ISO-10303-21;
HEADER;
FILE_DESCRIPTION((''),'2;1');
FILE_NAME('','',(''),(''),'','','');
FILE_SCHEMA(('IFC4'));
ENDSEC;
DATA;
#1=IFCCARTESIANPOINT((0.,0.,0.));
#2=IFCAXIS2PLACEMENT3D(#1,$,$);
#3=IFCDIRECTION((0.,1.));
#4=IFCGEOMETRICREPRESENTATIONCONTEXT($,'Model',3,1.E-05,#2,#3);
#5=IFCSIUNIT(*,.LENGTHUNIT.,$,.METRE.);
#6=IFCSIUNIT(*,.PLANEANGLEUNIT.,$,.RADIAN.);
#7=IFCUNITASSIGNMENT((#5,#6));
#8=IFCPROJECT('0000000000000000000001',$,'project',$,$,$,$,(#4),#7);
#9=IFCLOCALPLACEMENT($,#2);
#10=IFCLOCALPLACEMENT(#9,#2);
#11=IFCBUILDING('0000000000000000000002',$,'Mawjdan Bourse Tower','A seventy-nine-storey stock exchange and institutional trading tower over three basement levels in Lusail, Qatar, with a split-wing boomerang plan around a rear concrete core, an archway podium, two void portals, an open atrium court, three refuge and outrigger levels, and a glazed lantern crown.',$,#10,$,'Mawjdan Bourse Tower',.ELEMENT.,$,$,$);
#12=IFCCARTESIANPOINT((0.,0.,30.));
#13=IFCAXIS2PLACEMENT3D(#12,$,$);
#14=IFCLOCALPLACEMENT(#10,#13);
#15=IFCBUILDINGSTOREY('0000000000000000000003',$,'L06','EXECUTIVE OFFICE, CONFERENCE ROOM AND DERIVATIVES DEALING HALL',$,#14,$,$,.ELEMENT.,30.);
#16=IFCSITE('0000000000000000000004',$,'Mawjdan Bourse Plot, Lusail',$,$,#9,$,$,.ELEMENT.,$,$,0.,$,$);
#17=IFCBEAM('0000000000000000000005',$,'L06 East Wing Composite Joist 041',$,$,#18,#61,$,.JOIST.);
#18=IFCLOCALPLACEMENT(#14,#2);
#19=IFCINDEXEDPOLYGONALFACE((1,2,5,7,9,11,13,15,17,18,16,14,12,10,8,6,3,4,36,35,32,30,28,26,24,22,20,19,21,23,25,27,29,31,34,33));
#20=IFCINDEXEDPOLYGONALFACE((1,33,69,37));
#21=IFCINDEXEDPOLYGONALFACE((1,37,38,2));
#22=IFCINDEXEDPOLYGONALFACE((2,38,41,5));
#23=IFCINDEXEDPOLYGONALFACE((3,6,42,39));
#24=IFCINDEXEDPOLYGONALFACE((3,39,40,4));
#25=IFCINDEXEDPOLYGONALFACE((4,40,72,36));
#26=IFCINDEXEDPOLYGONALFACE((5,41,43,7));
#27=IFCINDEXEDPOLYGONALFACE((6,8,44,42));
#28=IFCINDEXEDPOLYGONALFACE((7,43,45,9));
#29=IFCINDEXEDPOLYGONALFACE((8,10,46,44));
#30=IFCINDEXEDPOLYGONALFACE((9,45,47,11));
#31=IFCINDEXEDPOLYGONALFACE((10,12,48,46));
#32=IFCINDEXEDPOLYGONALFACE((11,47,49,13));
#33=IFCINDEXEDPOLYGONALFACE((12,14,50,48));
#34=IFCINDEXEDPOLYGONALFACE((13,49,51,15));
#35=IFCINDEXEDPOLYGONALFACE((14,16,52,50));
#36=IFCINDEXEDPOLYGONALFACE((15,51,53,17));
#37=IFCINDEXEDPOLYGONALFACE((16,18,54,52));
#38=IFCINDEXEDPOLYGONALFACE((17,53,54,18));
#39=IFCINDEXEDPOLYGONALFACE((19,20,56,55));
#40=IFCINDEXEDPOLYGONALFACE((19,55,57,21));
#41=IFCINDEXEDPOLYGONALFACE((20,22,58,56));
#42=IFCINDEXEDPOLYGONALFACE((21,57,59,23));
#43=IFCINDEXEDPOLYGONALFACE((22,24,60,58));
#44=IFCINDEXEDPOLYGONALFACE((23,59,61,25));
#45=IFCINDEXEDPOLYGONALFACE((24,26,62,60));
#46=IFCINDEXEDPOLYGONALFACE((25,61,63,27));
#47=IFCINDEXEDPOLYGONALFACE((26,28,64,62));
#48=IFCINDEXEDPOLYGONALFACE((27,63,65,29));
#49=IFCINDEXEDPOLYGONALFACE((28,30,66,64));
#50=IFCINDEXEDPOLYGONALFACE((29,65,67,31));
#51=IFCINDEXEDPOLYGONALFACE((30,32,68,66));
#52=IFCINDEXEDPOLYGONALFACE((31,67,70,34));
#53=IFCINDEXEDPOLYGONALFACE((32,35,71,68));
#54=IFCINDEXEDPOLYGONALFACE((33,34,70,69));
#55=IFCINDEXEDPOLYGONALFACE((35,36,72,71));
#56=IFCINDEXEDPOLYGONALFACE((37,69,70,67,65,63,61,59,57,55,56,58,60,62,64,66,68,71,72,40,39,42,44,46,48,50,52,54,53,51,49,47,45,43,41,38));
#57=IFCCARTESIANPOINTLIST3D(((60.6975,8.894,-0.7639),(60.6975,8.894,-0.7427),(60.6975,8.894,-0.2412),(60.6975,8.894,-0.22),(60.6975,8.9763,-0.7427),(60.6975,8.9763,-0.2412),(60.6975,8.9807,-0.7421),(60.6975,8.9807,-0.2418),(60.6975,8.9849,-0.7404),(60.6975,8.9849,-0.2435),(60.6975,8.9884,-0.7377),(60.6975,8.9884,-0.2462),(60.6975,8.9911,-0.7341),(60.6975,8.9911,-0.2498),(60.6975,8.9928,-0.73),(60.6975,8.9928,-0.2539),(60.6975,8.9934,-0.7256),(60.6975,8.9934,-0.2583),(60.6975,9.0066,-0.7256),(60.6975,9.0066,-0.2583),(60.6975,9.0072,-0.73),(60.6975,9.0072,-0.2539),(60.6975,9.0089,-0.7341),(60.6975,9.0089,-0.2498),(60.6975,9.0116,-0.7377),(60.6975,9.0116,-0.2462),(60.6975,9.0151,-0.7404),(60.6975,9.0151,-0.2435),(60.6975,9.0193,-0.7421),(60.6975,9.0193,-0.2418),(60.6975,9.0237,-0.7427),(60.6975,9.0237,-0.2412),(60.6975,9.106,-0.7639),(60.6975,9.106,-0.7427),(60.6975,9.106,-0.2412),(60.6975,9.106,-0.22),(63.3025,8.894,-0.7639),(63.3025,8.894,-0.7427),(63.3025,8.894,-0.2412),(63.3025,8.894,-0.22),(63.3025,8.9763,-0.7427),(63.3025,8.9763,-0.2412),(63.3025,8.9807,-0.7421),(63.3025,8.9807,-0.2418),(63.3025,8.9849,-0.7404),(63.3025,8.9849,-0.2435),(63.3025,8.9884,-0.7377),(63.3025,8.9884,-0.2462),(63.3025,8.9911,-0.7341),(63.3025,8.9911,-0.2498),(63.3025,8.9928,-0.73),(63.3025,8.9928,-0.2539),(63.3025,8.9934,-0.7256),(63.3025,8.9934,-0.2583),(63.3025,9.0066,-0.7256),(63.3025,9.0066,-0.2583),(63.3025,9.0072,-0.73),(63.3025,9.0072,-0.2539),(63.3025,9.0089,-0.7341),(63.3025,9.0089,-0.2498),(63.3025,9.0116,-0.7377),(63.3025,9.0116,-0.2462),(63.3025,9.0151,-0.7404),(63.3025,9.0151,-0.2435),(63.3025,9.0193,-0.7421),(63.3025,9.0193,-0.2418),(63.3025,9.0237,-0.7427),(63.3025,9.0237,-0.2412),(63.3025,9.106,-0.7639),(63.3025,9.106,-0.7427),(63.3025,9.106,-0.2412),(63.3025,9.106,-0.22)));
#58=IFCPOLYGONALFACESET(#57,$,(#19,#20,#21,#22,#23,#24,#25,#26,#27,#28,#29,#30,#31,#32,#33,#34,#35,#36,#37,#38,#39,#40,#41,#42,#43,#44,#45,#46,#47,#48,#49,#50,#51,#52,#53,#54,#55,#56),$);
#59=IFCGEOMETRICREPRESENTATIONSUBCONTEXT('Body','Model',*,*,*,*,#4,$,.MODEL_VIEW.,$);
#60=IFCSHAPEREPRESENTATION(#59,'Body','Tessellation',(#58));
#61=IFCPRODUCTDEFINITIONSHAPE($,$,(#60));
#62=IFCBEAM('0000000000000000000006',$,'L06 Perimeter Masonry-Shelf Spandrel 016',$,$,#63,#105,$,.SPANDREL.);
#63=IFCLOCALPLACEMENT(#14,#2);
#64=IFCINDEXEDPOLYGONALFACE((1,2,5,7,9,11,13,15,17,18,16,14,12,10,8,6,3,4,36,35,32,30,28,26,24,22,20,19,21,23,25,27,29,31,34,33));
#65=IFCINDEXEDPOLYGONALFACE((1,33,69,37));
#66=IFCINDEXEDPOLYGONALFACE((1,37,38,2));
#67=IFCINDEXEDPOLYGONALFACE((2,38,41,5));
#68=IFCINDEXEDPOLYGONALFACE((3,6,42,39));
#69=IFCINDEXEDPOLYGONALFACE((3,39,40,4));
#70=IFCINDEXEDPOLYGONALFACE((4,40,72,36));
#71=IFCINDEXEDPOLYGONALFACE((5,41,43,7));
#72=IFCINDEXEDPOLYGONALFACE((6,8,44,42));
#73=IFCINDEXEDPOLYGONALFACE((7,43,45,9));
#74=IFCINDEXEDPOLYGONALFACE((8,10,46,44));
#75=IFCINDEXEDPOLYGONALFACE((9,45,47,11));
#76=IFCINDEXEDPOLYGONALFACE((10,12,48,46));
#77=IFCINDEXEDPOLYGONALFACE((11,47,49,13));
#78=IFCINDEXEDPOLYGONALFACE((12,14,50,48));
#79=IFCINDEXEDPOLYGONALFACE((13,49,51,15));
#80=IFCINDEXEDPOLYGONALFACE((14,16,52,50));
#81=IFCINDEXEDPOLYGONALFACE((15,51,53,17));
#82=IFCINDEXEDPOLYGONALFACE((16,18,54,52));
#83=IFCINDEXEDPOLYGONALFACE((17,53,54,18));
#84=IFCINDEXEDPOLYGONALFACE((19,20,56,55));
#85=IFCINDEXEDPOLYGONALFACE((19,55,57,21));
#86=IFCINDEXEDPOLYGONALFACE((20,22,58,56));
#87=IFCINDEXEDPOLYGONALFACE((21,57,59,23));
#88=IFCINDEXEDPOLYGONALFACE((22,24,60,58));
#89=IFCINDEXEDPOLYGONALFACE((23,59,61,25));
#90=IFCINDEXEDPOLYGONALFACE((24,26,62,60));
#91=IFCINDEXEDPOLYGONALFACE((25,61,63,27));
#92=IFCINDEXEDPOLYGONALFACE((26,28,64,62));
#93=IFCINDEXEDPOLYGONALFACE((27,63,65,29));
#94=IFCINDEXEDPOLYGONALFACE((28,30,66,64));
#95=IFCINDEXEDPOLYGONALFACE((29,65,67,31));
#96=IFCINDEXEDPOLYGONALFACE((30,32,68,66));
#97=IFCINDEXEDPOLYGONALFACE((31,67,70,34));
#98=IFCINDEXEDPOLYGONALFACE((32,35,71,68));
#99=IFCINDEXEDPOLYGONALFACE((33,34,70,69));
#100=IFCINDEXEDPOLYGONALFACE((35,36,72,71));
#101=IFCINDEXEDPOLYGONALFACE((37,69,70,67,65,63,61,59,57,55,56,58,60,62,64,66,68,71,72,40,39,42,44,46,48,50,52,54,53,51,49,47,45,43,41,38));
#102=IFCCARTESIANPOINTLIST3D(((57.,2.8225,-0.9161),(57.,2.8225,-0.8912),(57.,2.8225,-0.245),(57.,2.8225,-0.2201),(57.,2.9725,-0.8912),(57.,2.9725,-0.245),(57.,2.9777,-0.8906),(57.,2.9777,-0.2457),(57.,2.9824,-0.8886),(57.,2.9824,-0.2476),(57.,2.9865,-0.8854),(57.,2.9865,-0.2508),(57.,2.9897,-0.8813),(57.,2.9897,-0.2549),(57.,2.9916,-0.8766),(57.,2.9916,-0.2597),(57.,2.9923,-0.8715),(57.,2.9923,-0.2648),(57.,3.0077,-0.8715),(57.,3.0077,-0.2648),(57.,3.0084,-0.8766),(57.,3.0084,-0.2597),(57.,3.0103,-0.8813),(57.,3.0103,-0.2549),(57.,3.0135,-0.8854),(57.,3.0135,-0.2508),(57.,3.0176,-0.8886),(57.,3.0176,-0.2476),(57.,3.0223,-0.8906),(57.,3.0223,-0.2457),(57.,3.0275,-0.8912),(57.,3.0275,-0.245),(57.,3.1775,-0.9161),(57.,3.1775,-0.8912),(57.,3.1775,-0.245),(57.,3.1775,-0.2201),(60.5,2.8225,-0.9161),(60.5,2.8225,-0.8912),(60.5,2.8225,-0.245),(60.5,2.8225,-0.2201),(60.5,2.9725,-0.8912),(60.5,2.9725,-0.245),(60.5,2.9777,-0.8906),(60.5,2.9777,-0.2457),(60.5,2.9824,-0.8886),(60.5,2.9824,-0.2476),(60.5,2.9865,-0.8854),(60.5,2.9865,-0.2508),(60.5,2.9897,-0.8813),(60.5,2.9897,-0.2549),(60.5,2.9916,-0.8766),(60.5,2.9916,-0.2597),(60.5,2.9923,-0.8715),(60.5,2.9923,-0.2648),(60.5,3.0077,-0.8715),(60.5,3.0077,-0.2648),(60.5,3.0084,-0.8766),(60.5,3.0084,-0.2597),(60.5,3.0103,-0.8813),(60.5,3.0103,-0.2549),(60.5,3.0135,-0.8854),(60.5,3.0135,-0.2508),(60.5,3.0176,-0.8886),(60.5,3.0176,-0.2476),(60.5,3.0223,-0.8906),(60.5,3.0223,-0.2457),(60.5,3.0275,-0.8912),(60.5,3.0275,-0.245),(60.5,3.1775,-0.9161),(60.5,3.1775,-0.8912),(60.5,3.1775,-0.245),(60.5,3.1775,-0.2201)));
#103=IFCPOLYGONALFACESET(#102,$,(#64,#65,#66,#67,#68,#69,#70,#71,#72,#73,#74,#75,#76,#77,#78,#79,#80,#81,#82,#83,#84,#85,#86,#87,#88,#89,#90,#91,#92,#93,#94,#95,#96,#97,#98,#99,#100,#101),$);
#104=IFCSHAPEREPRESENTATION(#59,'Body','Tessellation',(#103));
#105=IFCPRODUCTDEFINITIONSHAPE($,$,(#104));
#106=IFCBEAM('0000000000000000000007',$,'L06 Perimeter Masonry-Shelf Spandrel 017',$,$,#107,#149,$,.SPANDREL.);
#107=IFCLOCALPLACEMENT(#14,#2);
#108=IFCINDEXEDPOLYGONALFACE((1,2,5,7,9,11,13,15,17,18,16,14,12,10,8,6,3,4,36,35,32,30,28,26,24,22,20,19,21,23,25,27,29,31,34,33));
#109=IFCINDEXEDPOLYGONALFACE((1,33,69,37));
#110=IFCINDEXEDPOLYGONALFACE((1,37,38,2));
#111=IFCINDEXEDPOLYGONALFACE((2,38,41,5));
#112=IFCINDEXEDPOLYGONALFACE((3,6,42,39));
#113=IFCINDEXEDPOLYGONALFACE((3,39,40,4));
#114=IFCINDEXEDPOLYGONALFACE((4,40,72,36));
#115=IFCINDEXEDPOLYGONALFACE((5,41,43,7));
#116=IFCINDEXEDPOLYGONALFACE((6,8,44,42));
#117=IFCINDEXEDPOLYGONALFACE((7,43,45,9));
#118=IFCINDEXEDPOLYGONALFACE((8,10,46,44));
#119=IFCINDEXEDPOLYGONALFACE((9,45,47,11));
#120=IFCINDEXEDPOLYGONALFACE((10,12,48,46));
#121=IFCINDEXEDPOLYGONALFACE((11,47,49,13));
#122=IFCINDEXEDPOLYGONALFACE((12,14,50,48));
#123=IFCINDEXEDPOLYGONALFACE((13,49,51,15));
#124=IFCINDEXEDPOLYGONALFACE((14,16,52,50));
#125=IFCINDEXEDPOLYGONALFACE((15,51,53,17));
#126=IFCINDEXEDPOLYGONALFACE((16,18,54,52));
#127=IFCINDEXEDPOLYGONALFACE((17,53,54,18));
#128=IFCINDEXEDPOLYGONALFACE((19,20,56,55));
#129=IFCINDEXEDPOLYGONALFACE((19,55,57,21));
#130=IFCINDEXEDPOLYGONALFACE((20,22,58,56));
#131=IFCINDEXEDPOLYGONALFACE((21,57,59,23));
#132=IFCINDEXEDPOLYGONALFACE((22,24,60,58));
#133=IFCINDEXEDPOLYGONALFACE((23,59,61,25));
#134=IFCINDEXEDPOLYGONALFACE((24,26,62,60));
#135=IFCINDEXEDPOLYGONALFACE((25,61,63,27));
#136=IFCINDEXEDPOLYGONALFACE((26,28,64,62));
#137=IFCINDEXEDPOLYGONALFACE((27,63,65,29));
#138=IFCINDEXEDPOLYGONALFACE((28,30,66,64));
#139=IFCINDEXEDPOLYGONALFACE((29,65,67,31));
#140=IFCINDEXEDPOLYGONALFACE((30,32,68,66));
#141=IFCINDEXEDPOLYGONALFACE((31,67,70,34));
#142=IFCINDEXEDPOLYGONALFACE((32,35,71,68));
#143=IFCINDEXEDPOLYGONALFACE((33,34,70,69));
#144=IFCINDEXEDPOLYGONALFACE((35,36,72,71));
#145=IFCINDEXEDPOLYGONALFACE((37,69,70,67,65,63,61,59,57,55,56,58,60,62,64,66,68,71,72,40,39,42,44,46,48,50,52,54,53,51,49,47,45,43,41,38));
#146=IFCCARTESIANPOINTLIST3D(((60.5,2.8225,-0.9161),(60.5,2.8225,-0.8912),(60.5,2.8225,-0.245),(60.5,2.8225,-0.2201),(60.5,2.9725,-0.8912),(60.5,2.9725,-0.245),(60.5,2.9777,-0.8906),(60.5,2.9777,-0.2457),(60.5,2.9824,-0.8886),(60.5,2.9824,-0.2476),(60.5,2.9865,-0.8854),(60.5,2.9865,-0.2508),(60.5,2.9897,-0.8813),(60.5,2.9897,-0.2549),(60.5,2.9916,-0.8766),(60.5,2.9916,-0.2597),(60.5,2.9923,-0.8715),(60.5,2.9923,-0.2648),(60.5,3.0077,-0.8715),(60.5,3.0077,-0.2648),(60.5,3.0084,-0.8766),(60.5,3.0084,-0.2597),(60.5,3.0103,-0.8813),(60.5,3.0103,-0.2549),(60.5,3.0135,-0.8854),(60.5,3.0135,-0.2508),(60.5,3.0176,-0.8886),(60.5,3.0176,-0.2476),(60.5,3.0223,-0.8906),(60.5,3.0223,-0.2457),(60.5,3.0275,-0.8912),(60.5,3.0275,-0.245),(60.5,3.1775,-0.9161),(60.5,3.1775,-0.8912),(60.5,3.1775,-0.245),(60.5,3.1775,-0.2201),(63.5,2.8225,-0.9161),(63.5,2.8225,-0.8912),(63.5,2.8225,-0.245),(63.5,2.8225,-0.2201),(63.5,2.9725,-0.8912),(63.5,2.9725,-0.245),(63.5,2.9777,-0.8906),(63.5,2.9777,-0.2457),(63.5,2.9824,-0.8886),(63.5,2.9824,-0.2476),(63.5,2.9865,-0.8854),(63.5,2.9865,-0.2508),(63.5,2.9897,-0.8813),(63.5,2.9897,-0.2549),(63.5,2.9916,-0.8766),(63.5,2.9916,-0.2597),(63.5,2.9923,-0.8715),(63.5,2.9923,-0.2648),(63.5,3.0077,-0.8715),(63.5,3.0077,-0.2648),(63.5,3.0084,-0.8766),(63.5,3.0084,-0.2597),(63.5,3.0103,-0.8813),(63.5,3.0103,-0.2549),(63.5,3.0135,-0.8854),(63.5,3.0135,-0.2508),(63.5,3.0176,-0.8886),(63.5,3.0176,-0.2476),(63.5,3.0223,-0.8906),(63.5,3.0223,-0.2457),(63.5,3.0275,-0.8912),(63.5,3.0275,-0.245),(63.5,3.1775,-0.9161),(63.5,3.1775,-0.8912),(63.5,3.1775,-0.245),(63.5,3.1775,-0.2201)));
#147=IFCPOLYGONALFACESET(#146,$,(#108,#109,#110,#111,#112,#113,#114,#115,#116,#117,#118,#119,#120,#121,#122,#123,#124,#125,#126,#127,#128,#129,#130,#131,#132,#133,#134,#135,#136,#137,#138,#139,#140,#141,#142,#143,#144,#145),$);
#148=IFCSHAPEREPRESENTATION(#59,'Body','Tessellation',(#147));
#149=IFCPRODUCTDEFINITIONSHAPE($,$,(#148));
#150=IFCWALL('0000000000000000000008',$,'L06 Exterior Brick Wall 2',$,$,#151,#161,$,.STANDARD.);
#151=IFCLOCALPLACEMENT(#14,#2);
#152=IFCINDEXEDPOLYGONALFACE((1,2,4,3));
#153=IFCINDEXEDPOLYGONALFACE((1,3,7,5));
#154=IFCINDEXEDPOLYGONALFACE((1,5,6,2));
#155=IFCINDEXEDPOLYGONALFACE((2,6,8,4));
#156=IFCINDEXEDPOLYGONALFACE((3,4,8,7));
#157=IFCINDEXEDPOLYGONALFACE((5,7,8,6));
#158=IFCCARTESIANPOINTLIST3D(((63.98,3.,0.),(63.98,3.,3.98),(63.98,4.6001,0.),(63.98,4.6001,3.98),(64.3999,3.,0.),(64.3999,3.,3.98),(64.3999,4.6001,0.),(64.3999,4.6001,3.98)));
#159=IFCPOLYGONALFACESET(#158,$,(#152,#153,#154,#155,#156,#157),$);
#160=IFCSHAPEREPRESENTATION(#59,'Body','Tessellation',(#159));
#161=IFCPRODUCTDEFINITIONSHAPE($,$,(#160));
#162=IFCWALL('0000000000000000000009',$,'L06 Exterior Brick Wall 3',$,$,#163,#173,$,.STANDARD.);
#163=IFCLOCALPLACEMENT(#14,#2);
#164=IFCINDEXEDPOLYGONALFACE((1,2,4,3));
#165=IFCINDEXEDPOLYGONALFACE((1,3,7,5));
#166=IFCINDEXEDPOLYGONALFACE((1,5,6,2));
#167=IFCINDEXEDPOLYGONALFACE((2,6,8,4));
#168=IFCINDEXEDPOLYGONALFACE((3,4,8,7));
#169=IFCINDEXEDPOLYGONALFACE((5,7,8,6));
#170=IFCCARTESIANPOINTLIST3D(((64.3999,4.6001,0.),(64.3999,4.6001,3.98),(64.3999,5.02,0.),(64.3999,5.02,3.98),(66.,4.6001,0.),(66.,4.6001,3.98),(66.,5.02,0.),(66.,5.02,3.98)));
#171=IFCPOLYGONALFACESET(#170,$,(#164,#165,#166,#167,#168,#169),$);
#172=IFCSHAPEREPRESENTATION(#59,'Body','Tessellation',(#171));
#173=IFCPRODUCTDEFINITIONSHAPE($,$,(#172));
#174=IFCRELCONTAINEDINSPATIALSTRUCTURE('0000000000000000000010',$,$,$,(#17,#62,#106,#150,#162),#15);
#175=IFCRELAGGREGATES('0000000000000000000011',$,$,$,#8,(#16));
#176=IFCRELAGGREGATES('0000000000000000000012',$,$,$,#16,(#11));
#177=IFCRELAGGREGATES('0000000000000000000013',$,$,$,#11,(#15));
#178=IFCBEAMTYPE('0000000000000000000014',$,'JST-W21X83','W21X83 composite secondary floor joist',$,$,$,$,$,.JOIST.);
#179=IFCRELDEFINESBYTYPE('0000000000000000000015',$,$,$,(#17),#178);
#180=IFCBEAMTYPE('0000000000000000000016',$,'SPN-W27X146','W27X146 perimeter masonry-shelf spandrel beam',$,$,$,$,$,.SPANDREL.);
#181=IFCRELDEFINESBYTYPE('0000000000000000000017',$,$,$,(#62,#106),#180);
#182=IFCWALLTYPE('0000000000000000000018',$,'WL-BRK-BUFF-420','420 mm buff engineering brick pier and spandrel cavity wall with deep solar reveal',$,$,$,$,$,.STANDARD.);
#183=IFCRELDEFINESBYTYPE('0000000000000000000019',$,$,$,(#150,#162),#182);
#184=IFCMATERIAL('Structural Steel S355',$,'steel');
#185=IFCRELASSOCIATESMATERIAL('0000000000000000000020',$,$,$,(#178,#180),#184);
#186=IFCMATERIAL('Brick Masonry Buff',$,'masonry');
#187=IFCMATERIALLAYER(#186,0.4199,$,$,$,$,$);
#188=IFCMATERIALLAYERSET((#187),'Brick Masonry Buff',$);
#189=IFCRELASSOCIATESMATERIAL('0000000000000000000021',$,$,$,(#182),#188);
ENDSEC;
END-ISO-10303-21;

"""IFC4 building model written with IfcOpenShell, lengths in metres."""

from ifc_helpers import new_model, si_unit, direction, frame, frame_2d, origin, origin_2d, place, context, subcontext, project, spatial, rectangle, i_section, extrude, material, layer, layer_set, material_profile, profile_set, type_object, element, save


model = new_model("IFC4")

# Units and contexts
model_context = context("Model", 3, precision=1e-05, world=origin(), true_north=direction((0.0, 1.0)))
body_context = subcontext(model_context, "Body", "Model", "MODEL_VIEW")
ifc_project = project(units=[si_unit("LENGTHUNIT", "METRE"), si_unit("PLANEANGLEUNIT", "RADIAN")], contexts=[model_context])

# Site, building, storey
site_placement = place(None, origin())
site = spatial("IfcSite", under=ifc_project, at=site_placement, Name="Mawjdan Bourse Plot, Lusail", CompositionType="ELEMENT", RefElevation=0.0)
building_placement = place(site_placement, origin())
building = spatial("IfcBuilding", under=site, at=building_placement, Name="Mawjdan Bourse Tower", Description="A seventy-nine-storey stock exchange and institutional trading tower over three basement levels in Lusail, Qatar, with a split-wing boomerang plan around a rear concrete core, an archway podium, two void portals, an open atrium court, three refuge and outrigger levels, and a glazed lantern crown.", LongName="Mawjdan Bourse Tower", CompositionType="ELEMENT")
storey_placement = place(building_placement, frame((0.0, 0.0, 30.0)))
storey = spatial("IfcBuildingStorey", under=building, at=storey_placement, Name="L06", Description="EXECUTIVE OFFICE, CONFERENCE ROOM AND DERIVATIVES DEALING HALL", CompositionType="ELEMENT", Elevation=30.0)

# Beams
ifc_material_1 = material(Name="Structural Steel S355", Category="steel")
ifc_material_profile_1 = material_profile(ifc_material_1, i_section(OverallWidth=0.2119, OverallDepth=0.5439, WebThickness=0.0132, FlangeThickness=0.0212, FilletRadius=0.0171, at=origin_2d()), Name="W21X83")
ifc_profile_set_1 = profile_set([ifc_material_profile_1], Name="Structural Steel S355")
beam_type_1 = type_object("IfcBeamType", Name="JST-W21X83", Description="W21X83 composite secondary floor joist", PredefinedType="JOIST", material=ifc_profile_set_1)
beam_1_placement = place(storey_placement, frame((60.6975, 9.0, -0.4919), z_axis=(1.0, 0.0, 0.0), x_axis=(0.0, 1.0, 0.0)))
element("IfcBeam", 1, at=beam_1_placement, inside=storey, type_object=beam_type_1, Name="L06 East Wing Composite Joist 041", PredefinedType="JOIST", context=body_context, shape_type="SweptSolid", body=[
    extrude(i_section(OverallWidth=0.2119, OverallDepth=0.5439, WebThickness=0.0132, FlangeThickness=0.0212, FilletRadius=0.0171, at=origin_2d()), origin(), (0.0, 0.0, 1.0), 2.605),
])
ifc_material_profile_2 = material_profile(ifc_material_1, i_section(OverallWidth=0.355, OverallDepth=0.696, WebThickness=0.0154, FlangeThickness=0.0249, FilletRadius=0.0198, at=origin_2d()), Name="W27X146")
ifc_profile_set_2 = profile_set([ifc_material_profile_2], Name="Structural Steel S355")
beam_type_2 = type_object("IfcBeamType", Name="SPN-W27X146", Description="W27X146 perimeter masonry-shelf spandrel beam", PredefinedType="SPANDREL", material=ifc_profile_set_2)
beam_2_placement = place(storey_placement, frame((57.0, 3.0, -0.5681), z_axis=(1.0, 0.0, 0.0), x_axis=(0.0, 1.0, 0.0)))
element("IfcBeam", 2, at=beam_2_placement, inside=storey, type_object=beam_type_2, Name="L06 Perimeter Masonry-Shelf Spandrel 016", PredefinedType="SPANDREL", context=body_context, shape_type="SweptSolid", body=[
    extrude(i_section(OverallWidth=0.355, OverallDepth=0.696, WebThickness=0.0154, FlangeThickness=0.0249, FilletRadius=0.0198, at=origin_2d()), origin(), (0.0, 0.0, 1.0), 3.5),
])
beam_3_placement = place(storey_placement, frame((60.5, 3.0, -0.5681), z_axis=(1.0, 0.0, 0.0), x_axis=(0.0, 1.0, 0.0)))
element("IfcBeam", 3, at=beam_3_placement, inside=storey, type_object=beam_type_2, Name="L06 Perimeter Masonry-Shelf Spandrel 017", PredefinedType="SPANDREL", context=body_context, shape_type="SweptSolid", body=[
    extrude(i_section(OverallWidth=0.355, OverallDepth=0.696, WebThickness=0.0154, FlangeThickness=0.0249, FilletRadius=0.0198, at=origin_2d()), origin(), (0.0, 0.0, 1.0), 3.0),
])

# Walls
ifc_material_2 = material(Name="Brick Masonry Buff", Category="masonry")
ifc_layer_1 = layer(ifc_material_2, 0.4199)
ifc_layer_set_1 = layer_set([ifc_layer_1], Name="Brick Masonry Buff")
wall_type_1 = type_object("IfcWallType", Name="WL-BRK-BUFF-420", Description="420 mm buff engineering brick pier and spandrel cavity wall with deep solar reveal", PredefinedType="STANDARD", material=ifc_layer_set_1)
for number, where, z_axis, x_axis, name in (
    (4, (64.1899, 3.0, 0.0), (0.0, 0.0, 1.0), (0.0, 1.0, 0.0), "L06 Exterior Brick Wall 2"),
    (5, (64.3999, 4.8101, 0.0), (0.0, 0.0, 1.0), (1.0, 0.0, 0.0), "L06 Exterior Brick Wall 3"),
):
    element("IfcWall", number, at=place(storey_placement, frame(where, z_axis=z_axis, x_axis=x_axis)), inside=storey, type_object=wall_type_1, Name=name, PredefinedType="STANDARD", context=body_context, shape_type="SweptSolid", body=[
        extrude(rectangle(XDim=1.6001, YDim=0.4199, at=frame_2d((0.8, 0.0))), origin(), (0.0, 0.0, 1.0), 3.98),
    ])

save(model, "model.ifc")
